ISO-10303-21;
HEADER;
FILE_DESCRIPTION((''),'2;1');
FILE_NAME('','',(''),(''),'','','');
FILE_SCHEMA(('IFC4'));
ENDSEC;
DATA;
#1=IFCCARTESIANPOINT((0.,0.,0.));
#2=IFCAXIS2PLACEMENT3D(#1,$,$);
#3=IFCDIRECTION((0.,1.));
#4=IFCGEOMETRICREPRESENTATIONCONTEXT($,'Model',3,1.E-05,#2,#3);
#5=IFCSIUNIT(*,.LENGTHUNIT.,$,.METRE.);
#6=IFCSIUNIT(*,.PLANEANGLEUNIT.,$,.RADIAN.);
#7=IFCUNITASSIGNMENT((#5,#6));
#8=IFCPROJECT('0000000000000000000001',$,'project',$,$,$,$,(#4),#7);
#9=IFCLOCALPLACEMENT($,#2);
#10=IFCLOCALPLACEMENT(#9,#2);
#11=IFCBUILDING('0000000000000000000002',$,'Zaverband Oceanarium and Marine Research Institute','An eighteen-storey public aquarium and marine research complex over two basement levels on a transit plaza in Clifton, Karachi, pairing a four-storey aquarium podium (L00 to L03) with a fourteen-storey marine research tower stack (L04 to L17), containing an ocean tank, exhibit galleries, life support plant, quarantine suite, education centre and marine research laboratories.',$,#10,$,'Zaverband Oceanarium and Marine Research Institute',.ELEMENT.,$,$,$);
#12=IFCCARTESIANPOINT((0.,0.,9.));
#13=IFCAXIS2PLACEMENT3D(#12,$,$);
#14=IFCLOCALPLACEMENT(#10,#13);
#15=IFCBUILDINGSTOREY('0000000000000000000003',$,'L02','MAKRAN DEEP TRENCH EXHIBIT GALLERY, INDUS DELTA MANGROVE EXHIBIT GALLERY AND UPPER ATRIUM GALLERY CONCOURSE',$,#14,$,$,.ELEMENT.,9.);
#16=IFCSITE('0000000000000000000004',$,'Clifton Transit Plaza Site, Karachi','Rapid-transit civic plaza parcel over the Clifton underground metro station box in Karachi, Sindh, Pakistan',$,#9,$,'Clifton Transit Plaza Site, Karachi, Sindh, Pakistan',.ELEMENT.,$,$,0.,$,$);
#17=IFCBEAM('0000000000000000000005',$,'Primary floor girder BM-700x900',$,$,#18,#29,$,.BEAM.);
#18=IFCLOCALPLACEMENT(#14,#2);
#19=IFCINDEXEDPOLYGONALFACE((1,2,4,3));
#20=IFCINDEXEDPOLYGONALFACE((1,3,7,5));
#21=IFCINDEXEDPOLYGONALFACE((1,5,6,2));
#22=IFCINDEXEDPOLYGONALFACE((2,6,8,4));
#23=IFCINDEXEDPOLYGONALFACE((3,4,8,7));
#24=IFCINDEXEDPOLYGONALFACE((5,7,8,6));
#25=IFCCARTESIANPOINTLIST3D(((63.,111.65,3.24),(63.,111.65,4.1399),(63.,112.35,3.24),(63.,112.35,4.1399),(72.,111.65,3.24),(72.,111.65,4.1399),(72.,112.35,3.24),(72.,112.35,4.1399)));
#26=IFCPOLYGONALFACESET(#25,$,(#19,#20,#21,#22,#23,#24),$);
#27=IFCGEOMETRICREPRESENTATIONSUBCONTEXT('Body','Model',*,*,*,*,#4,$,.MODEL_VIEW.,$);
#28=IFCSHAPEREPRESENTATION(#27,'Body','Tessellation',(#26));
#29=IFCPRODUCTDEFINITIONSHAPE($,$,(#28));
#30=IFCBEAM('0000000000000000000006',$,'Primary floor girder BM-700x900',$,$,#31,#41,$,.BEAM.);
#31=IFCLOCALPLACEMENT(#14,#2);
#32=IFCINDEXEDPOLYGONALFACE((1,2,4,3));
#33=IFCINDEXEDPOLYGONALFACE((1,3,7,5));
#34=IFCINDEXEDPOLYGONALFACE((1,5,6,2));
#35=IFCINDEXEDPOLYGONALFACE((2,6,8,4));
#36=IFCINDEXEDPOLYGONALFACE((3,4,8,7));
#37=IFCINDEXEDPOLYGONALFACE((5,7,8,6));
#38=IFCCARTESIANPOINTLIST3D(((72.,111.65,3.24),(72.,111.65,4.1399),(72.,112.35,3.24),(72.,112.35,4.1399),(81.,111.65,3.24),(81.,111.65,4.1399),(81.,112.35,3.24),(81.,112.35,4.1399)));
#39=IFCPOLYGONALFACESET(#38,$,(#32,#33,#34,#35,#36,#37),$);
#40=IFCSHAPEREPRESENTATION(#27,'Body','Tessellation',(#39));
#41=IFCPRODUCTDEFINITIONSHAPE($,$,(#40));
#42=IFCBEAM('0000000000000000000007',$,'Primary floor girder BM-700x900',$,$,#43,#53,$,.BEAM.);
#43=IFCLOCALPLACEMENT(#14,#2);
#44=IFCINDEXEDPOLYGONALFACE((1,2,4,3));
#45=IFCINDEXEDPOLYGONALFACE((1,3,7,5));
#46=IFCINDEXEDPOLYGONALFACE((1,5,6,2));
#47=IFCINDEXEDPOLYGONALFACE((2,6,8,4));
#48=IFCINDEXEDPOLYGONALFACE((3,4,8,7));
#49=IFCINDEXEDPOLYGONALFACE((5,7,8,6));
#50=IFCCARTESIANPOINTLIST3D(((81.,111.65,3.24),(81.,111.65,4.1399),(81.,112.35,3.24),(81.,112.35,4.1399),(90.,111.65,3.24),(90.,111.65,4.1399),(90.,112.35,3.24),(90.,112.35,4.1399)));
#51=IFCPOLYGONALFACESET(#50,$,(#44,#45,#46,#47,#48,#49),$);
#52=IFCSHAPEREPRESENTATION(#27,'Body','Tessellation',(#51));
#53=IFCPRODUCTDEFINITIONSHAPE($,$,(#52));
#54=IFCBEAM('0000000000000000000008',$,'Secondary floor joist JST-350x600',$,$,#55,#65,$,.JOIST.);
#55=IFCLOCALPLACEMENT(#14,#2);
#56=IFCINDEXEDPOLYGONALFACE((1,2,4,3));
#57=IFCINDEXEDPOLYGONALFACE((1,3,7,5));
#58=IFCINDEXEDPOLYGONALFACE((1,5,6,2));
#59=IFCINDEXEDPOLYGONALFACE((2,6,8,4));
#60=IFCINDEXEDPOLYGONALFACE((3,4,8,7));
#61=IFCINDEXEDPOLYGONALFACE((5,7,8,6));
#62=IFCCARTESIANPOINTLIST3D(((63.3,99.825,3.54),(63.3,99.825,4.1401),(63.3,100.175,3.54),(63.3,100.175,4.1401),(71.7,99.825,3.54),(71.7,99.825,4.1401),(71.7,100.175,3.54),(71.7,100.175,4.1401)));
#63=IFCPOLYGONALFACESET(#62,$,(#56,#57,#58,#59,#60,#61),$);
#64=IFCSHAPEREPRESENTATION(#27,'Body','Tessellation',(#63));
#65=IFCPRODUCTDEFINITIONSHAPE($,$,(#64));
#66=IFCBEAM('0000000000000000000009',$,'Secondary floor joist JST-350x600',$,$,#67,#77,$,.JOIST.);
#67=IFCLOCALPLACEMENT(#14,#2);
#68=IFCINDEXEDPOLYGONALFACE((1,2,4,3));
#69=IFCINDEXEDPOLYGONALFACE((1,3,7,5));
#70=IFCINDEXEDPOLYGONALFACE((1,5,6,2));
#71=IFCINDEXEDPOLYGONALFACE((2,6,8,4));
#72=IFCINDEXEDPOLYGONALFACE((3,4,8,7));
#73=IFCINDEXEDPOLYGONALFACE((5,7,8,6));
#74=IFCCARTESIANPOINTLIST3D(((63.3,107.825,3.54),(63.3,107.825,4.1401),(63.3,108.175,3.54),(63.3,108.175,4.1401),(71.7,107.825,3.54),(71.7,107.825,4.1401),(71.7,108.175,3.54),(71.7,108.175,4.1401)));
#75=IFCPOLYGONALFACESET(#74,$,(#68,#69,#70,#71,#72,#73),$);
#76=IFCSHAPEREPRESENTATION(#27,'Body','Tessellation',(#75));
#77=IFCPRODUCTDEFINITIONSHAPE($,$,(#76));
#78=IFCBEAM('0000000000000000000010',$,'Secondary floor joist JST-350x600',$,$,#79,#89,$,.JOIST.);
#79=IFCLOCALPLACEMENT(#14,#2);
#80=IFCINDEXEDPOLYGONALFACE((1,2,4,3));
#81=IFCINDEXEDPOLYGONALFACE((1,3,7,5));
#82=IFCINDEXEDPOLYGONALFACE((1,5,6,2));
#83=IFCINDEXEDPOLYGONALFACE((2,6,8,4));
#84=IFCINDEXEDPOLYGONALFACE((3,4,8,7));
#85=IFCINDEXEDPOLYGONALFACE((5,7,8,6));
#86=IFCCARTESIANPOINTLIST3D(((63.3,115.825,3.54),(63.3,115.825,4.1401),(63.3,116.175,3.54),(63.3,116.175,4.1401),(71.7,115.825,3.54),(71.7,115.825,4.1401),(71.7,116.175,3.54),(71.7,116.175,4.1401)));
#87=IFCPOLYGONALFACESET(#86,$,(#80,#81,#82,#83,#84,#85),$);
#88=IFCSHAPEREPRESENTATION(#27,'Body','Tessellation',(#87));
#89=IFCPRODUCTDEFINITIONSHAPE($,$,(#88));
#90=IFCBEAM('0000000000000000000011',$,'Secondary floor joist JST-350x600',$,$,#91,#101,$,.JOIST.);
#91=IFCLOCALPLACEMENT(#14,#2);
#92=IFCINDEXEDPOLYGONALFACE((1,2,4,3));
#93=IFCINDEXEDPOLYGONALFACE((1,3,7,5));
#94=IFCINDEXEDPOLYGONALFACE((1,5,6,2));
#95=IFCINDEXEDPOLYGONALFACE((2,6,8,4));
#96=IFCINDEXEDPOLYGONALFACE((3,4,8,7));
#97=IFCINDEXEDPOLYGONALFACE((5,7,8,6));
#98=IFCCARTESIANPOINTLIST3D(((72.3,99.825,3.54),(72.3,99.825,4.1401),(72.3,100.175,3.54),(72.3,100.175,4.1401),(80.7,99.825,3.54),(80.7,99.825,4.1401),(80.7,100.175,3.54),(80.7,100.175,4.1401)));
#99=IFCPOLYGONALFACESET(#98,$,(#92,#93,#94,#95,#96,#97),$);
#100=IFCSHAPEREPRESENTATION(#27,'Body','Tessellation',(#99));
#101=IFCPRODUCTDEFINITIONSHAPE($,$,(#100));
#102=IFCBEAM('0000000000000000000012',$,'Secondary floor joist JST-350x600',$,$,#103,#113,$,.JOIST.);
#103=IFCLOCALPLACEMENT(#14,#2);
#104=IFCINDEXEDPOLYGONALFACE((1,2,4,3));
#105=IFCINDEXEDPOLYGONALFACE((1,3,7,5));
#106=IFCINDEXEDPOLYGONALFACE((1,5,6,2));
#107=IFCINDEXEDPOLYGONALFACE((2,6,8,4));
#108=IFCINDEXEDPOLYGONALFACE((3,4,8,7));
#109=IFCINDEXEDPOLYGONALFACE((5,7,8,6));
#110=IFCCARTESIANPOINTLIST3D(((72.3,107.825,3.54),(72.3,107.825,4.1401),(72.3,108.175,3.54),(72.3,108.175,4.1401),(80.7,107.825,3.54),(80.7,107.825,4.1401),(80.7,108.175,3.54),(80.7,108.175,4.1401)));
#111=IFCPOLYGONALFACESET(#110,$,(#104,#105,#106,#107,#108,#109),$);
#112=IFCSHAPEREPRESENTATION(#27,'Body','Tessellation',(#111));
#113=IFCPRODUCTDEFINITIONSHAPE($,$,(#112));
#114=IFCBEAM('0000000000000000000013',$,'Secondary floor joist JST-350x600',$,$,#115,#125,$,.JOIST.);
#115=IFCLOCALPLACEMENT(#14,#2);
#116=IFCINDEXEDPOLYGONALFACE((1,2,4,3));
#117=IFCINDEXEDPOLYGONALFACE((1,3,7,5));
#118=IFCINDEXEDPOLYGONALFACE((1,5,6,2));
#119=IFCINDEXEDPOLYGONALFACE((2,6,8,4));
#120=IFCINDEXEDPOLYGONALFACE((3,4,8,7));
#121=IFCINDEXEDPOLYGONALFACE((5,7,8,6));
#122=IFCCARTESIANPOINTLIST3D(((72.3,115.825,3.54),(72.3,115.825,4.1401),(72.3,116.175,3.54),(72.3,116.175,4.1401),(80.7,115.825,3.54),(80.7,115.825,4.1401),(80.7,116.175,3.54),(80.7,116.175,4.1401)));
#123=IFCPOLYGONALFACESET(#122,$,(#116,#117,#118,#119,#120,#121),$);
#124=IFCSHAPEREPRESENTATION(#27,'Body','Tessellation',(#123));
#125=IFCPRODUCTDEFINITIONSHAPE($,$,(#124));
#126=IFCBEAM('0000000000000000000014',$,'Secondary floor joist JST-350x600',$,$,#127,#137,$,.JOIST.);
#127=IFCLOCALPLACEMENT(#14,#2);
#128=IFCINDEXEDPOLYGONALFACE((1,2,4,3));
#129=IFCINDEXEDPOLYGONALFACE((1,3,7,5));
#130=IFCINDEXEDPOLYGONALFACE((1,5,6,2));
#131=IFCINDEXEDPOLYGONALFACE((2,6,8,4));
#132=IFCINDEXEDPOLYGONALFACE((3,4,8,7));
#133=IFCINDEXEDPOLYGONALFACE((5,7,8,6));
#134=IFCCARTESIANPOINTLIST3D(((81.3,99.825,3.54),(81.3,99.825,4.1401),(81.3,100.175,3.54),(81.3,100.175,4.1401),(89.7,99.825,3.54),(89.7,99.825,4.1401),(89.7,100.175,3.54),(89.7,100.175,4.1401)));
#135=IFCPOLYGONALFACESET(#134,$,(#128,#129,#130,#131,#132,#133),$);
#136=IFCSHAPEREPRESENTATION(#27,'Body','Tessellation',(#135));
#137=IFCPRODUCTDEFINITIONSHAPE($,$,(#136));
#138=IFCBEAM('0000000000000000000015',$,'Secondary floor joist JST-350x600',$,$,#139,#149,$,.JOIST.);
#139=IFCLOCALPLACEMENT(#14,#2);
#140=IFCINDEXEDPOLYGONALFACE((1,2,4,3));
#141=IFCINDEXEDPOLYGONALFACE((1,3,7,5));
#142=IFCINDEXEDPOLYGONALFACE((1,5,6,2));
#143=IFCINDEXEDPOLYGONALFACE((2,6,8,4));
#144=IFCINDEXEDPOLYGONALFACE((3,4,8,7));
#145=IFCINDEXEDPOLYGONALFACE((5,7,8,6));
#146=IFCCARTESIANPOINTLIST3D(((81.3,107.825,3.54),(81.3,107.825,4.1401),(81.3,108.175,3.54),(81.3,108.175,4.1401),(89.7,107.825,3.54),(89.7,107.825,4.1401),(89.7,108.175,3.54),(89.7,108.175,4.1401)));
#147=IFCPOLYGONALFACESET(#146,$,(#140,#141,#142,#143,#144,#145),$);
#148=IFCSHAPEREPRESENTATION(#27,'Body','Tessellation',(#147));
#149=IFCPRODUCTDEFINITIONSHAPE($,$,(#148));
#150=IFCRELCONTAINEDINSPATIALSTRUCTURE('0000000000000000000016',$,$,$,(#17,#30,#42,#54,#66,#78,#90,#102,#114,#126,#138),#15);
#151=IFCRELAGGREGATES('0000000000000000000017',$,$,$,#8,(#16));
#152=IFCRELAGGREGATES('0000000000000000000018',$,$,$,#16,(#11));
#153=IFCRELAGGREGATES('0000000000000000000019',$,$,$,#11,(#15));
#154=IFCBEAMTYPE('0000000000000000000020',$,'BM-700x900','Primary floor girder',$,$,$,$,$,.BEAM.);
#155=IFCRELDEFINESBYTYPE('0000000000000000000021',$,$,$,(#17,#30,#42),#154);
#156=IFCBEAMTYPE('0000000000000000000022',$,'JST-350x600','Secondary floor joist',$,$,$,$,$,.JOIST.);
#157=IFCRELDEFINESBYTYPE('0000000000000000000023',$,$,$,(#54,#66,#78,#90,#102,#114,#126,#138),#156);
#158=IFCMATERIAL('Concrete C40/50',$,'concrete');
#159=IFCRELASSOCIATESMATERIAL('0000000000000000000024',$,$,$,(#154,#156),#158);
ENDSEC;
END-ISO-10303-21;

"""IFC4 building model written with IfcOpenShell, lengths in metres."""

from ifc_helpers import new_model, si_unit, direction, frame, origin, origin_2d, place, context, subcontext, project, spatial, rectangle, extrude, material, material_profile, profile_set, type_object, element, save


model = new_model("IFC4")

# Units and contexts
model_context = context("Model", 3, precision=1e-05, world=origin(), true_north=direction((0.0, 1.0)))
body_context = subcontext(model_context, "Body", "Model", "MODEL_VIEW")
ifc_project = project(units=[si_unit("LENGTHUNIT", "METRE"), si_unit("PLANEANGLEUNIT", "RADIAN")], contexts=[model_context])

# Site, building, storey
site_placement = place(None, origin())
site = spatial("IfcSite", under=ifc_project, at=site_placement, Name="Clifton Transit Plaza Site, Karachi", Description="Rapid-transit civic plaza parcel over the Clifton underground metro station box in Karachi, Sindh, Pakistan", LongName="Clifton Transit Plaza Site, Karachi, Sindh, Pakistan", CompositionType="ELEMENT", RefElevation=0.0)
building_placement = place(site_placement, origin())
building = spatial("IfcBuilding", under=site, at=building_placement, Name="Zaverband Oceanarium and Marine Research Institute", Description="An eighteen-storey public aquarium and marine research complex over two basement levels on a transit plaza in Clifton, Karachi, pairing a four-storey aquarium podium (L00 to L03) with a fourteen-storey marine research tower stack (L04 to L17), containing an ocean tank, exhibit galleries, life support plant, quarantine suite, education centre and marine research laboratories.", LongName="Zaverband Oceanarium and Marine Research Institute", CompositionType="ELEMENT")
storey_placement = place(building_placement, frame((0.0, 0.0, 9.0)))
storey = spatial("IfcBuildingStorey", under=building, at=storey_placement, Name="L02", Description="MAKRAN DEEP TRENCH EXHIBIT GALLERY, INDUS DELTA MANGROVE EXHIBIT GALLERY AND UPPER ATRIUM GALLERY CONCOURSE", CompositionType="ELEMENT", Elevation=9.0)

# Beams
ifc_material_1 = material(Name="Concrete C40/50", Category="concrete")
ifc_material_profile_1 = material_profile(ifc_material_1, rectangle(XDim=0.7, YDim=0.8999, at=origin_2d()), Name="RC700x900")
ifc_profile_set_1 = profile_set([ifc_material_profile_1], Name="Concrete C40/50")
beam_type_1 = type_object("IfcBeamType", Name="BM-700x900", Description="Primary floor girder", PredefinedType="BEAM", material=ifc_profile_set_1)
for number, where, z_axis, x_axis, name in (
    (1, (63.0, 112.0, 3.6899), (1.0, 0.0, 0.0), (0.0, 1.0, 0.0), "Primary floor girder BM-700x900"),
    (2, (72.0, 112.0, 3.6899), (1.0, 0.0, 0.0), (0.0, 1.0, 0.0), "Primary floor girder BM-700x900"),
    (3, (81.0, 112.0, 3.6899), (1.0, 0.0, 0.0), (0.0, 1.0, 0.0), "Primary floor girder BM-700x900"),
):
    element("IfcBeam", number, at=place(storey_placement, frame(where, z_axis=z_axis, x_axis=x_axis)), inside=storey, type_object=beam_type_1, Name=name, PredefinedType="BEAM", context=body_context, shape_type="SweptSolid", body=[
        extrude(rectangle(XDim=0.7, YDim=0.8999, at=origin_2d()), origin(), (0.0, 0.0, 1.0), 9.0),
    ])
ifc_material_profile_2 = material_profile(ifc_material_1, rectangle(XDim=0.3501, YDim=0.6001, at=origin_2d()), Name="RC350x600")
ifc_profile_set_2 = profile_set([ifc_material_profile_2], Name="Concrete C40/50")
beam_type_2 = type_object("IfcBeamType", Name="JST-350x600", Description="Secondary floor joist", PredefinedType="JOIST", material=ifc_profile_set_2)
for number, where, z_axis, x_axis, name in (
    (4, (63.3, 100.0, 3.8401), (1.0, 0.0, 0.0), (0.0, 1.0, 0.0), "Secondary floor joist JST-350x600"),
    (5, (63.3, 108.0, 3.8401), (1.0, 0.0, 0.0), (0.0, 1.0, 0.0), "Secondary floor joist JST-350x600"),
    (6, (63.3, 116.0, 3.8401), (1.0, 0.0, 0.0), (0.0, 1.0, 0.0), "Secondary floor joist JST-350x600"),
    (7, (72.3, 100.0, 3.8401), (1.0, 0.0, 0.0), (0.0, 1.0, 0.0), "Secondary floor joist JST-350x600"),
    (8, (72.3, 108.0, 3.8401), (1.0, 0.0, 0.0), (0.0, 1.0, 0.0), "Secondary floor joist JST-350x600"),
    (9, (72.3, 116.0, 3.8401), (1.0, 0.0, 0.0), (0.0, 1.0, 0.0), "Secondary floor joist JST-350x600"),
    (10, (81.3, 100.0, 3.8401), (1.0, 0.0, 0.0), (0.0, 1.0, 0.0), "Secondary floor joist JST-350x600"),
    (11, (81.3, 108.0, 3.8401), (1.0, 0.0, 0.0), (0.0, 1.0, 0.0), "Secondary floor joist JST-350x600"),
):
    element("IfcBeam", number, at=place(storey_placement, frame(where, z_axis=z_axis, x_axis=x_axis)), inside=storey, type_object=beam_type_2, Name=name, PredefinedType="JOIST", context=body_context, shape_type="SweptSolid", body=[
        extrude(rectangle(XDim=0.3501, YDim=0.6001, at=origin_2d()), origin(), (0.0, 0.0, 1.0), 8.3999),
    ])

save(model, "model.ifc")
